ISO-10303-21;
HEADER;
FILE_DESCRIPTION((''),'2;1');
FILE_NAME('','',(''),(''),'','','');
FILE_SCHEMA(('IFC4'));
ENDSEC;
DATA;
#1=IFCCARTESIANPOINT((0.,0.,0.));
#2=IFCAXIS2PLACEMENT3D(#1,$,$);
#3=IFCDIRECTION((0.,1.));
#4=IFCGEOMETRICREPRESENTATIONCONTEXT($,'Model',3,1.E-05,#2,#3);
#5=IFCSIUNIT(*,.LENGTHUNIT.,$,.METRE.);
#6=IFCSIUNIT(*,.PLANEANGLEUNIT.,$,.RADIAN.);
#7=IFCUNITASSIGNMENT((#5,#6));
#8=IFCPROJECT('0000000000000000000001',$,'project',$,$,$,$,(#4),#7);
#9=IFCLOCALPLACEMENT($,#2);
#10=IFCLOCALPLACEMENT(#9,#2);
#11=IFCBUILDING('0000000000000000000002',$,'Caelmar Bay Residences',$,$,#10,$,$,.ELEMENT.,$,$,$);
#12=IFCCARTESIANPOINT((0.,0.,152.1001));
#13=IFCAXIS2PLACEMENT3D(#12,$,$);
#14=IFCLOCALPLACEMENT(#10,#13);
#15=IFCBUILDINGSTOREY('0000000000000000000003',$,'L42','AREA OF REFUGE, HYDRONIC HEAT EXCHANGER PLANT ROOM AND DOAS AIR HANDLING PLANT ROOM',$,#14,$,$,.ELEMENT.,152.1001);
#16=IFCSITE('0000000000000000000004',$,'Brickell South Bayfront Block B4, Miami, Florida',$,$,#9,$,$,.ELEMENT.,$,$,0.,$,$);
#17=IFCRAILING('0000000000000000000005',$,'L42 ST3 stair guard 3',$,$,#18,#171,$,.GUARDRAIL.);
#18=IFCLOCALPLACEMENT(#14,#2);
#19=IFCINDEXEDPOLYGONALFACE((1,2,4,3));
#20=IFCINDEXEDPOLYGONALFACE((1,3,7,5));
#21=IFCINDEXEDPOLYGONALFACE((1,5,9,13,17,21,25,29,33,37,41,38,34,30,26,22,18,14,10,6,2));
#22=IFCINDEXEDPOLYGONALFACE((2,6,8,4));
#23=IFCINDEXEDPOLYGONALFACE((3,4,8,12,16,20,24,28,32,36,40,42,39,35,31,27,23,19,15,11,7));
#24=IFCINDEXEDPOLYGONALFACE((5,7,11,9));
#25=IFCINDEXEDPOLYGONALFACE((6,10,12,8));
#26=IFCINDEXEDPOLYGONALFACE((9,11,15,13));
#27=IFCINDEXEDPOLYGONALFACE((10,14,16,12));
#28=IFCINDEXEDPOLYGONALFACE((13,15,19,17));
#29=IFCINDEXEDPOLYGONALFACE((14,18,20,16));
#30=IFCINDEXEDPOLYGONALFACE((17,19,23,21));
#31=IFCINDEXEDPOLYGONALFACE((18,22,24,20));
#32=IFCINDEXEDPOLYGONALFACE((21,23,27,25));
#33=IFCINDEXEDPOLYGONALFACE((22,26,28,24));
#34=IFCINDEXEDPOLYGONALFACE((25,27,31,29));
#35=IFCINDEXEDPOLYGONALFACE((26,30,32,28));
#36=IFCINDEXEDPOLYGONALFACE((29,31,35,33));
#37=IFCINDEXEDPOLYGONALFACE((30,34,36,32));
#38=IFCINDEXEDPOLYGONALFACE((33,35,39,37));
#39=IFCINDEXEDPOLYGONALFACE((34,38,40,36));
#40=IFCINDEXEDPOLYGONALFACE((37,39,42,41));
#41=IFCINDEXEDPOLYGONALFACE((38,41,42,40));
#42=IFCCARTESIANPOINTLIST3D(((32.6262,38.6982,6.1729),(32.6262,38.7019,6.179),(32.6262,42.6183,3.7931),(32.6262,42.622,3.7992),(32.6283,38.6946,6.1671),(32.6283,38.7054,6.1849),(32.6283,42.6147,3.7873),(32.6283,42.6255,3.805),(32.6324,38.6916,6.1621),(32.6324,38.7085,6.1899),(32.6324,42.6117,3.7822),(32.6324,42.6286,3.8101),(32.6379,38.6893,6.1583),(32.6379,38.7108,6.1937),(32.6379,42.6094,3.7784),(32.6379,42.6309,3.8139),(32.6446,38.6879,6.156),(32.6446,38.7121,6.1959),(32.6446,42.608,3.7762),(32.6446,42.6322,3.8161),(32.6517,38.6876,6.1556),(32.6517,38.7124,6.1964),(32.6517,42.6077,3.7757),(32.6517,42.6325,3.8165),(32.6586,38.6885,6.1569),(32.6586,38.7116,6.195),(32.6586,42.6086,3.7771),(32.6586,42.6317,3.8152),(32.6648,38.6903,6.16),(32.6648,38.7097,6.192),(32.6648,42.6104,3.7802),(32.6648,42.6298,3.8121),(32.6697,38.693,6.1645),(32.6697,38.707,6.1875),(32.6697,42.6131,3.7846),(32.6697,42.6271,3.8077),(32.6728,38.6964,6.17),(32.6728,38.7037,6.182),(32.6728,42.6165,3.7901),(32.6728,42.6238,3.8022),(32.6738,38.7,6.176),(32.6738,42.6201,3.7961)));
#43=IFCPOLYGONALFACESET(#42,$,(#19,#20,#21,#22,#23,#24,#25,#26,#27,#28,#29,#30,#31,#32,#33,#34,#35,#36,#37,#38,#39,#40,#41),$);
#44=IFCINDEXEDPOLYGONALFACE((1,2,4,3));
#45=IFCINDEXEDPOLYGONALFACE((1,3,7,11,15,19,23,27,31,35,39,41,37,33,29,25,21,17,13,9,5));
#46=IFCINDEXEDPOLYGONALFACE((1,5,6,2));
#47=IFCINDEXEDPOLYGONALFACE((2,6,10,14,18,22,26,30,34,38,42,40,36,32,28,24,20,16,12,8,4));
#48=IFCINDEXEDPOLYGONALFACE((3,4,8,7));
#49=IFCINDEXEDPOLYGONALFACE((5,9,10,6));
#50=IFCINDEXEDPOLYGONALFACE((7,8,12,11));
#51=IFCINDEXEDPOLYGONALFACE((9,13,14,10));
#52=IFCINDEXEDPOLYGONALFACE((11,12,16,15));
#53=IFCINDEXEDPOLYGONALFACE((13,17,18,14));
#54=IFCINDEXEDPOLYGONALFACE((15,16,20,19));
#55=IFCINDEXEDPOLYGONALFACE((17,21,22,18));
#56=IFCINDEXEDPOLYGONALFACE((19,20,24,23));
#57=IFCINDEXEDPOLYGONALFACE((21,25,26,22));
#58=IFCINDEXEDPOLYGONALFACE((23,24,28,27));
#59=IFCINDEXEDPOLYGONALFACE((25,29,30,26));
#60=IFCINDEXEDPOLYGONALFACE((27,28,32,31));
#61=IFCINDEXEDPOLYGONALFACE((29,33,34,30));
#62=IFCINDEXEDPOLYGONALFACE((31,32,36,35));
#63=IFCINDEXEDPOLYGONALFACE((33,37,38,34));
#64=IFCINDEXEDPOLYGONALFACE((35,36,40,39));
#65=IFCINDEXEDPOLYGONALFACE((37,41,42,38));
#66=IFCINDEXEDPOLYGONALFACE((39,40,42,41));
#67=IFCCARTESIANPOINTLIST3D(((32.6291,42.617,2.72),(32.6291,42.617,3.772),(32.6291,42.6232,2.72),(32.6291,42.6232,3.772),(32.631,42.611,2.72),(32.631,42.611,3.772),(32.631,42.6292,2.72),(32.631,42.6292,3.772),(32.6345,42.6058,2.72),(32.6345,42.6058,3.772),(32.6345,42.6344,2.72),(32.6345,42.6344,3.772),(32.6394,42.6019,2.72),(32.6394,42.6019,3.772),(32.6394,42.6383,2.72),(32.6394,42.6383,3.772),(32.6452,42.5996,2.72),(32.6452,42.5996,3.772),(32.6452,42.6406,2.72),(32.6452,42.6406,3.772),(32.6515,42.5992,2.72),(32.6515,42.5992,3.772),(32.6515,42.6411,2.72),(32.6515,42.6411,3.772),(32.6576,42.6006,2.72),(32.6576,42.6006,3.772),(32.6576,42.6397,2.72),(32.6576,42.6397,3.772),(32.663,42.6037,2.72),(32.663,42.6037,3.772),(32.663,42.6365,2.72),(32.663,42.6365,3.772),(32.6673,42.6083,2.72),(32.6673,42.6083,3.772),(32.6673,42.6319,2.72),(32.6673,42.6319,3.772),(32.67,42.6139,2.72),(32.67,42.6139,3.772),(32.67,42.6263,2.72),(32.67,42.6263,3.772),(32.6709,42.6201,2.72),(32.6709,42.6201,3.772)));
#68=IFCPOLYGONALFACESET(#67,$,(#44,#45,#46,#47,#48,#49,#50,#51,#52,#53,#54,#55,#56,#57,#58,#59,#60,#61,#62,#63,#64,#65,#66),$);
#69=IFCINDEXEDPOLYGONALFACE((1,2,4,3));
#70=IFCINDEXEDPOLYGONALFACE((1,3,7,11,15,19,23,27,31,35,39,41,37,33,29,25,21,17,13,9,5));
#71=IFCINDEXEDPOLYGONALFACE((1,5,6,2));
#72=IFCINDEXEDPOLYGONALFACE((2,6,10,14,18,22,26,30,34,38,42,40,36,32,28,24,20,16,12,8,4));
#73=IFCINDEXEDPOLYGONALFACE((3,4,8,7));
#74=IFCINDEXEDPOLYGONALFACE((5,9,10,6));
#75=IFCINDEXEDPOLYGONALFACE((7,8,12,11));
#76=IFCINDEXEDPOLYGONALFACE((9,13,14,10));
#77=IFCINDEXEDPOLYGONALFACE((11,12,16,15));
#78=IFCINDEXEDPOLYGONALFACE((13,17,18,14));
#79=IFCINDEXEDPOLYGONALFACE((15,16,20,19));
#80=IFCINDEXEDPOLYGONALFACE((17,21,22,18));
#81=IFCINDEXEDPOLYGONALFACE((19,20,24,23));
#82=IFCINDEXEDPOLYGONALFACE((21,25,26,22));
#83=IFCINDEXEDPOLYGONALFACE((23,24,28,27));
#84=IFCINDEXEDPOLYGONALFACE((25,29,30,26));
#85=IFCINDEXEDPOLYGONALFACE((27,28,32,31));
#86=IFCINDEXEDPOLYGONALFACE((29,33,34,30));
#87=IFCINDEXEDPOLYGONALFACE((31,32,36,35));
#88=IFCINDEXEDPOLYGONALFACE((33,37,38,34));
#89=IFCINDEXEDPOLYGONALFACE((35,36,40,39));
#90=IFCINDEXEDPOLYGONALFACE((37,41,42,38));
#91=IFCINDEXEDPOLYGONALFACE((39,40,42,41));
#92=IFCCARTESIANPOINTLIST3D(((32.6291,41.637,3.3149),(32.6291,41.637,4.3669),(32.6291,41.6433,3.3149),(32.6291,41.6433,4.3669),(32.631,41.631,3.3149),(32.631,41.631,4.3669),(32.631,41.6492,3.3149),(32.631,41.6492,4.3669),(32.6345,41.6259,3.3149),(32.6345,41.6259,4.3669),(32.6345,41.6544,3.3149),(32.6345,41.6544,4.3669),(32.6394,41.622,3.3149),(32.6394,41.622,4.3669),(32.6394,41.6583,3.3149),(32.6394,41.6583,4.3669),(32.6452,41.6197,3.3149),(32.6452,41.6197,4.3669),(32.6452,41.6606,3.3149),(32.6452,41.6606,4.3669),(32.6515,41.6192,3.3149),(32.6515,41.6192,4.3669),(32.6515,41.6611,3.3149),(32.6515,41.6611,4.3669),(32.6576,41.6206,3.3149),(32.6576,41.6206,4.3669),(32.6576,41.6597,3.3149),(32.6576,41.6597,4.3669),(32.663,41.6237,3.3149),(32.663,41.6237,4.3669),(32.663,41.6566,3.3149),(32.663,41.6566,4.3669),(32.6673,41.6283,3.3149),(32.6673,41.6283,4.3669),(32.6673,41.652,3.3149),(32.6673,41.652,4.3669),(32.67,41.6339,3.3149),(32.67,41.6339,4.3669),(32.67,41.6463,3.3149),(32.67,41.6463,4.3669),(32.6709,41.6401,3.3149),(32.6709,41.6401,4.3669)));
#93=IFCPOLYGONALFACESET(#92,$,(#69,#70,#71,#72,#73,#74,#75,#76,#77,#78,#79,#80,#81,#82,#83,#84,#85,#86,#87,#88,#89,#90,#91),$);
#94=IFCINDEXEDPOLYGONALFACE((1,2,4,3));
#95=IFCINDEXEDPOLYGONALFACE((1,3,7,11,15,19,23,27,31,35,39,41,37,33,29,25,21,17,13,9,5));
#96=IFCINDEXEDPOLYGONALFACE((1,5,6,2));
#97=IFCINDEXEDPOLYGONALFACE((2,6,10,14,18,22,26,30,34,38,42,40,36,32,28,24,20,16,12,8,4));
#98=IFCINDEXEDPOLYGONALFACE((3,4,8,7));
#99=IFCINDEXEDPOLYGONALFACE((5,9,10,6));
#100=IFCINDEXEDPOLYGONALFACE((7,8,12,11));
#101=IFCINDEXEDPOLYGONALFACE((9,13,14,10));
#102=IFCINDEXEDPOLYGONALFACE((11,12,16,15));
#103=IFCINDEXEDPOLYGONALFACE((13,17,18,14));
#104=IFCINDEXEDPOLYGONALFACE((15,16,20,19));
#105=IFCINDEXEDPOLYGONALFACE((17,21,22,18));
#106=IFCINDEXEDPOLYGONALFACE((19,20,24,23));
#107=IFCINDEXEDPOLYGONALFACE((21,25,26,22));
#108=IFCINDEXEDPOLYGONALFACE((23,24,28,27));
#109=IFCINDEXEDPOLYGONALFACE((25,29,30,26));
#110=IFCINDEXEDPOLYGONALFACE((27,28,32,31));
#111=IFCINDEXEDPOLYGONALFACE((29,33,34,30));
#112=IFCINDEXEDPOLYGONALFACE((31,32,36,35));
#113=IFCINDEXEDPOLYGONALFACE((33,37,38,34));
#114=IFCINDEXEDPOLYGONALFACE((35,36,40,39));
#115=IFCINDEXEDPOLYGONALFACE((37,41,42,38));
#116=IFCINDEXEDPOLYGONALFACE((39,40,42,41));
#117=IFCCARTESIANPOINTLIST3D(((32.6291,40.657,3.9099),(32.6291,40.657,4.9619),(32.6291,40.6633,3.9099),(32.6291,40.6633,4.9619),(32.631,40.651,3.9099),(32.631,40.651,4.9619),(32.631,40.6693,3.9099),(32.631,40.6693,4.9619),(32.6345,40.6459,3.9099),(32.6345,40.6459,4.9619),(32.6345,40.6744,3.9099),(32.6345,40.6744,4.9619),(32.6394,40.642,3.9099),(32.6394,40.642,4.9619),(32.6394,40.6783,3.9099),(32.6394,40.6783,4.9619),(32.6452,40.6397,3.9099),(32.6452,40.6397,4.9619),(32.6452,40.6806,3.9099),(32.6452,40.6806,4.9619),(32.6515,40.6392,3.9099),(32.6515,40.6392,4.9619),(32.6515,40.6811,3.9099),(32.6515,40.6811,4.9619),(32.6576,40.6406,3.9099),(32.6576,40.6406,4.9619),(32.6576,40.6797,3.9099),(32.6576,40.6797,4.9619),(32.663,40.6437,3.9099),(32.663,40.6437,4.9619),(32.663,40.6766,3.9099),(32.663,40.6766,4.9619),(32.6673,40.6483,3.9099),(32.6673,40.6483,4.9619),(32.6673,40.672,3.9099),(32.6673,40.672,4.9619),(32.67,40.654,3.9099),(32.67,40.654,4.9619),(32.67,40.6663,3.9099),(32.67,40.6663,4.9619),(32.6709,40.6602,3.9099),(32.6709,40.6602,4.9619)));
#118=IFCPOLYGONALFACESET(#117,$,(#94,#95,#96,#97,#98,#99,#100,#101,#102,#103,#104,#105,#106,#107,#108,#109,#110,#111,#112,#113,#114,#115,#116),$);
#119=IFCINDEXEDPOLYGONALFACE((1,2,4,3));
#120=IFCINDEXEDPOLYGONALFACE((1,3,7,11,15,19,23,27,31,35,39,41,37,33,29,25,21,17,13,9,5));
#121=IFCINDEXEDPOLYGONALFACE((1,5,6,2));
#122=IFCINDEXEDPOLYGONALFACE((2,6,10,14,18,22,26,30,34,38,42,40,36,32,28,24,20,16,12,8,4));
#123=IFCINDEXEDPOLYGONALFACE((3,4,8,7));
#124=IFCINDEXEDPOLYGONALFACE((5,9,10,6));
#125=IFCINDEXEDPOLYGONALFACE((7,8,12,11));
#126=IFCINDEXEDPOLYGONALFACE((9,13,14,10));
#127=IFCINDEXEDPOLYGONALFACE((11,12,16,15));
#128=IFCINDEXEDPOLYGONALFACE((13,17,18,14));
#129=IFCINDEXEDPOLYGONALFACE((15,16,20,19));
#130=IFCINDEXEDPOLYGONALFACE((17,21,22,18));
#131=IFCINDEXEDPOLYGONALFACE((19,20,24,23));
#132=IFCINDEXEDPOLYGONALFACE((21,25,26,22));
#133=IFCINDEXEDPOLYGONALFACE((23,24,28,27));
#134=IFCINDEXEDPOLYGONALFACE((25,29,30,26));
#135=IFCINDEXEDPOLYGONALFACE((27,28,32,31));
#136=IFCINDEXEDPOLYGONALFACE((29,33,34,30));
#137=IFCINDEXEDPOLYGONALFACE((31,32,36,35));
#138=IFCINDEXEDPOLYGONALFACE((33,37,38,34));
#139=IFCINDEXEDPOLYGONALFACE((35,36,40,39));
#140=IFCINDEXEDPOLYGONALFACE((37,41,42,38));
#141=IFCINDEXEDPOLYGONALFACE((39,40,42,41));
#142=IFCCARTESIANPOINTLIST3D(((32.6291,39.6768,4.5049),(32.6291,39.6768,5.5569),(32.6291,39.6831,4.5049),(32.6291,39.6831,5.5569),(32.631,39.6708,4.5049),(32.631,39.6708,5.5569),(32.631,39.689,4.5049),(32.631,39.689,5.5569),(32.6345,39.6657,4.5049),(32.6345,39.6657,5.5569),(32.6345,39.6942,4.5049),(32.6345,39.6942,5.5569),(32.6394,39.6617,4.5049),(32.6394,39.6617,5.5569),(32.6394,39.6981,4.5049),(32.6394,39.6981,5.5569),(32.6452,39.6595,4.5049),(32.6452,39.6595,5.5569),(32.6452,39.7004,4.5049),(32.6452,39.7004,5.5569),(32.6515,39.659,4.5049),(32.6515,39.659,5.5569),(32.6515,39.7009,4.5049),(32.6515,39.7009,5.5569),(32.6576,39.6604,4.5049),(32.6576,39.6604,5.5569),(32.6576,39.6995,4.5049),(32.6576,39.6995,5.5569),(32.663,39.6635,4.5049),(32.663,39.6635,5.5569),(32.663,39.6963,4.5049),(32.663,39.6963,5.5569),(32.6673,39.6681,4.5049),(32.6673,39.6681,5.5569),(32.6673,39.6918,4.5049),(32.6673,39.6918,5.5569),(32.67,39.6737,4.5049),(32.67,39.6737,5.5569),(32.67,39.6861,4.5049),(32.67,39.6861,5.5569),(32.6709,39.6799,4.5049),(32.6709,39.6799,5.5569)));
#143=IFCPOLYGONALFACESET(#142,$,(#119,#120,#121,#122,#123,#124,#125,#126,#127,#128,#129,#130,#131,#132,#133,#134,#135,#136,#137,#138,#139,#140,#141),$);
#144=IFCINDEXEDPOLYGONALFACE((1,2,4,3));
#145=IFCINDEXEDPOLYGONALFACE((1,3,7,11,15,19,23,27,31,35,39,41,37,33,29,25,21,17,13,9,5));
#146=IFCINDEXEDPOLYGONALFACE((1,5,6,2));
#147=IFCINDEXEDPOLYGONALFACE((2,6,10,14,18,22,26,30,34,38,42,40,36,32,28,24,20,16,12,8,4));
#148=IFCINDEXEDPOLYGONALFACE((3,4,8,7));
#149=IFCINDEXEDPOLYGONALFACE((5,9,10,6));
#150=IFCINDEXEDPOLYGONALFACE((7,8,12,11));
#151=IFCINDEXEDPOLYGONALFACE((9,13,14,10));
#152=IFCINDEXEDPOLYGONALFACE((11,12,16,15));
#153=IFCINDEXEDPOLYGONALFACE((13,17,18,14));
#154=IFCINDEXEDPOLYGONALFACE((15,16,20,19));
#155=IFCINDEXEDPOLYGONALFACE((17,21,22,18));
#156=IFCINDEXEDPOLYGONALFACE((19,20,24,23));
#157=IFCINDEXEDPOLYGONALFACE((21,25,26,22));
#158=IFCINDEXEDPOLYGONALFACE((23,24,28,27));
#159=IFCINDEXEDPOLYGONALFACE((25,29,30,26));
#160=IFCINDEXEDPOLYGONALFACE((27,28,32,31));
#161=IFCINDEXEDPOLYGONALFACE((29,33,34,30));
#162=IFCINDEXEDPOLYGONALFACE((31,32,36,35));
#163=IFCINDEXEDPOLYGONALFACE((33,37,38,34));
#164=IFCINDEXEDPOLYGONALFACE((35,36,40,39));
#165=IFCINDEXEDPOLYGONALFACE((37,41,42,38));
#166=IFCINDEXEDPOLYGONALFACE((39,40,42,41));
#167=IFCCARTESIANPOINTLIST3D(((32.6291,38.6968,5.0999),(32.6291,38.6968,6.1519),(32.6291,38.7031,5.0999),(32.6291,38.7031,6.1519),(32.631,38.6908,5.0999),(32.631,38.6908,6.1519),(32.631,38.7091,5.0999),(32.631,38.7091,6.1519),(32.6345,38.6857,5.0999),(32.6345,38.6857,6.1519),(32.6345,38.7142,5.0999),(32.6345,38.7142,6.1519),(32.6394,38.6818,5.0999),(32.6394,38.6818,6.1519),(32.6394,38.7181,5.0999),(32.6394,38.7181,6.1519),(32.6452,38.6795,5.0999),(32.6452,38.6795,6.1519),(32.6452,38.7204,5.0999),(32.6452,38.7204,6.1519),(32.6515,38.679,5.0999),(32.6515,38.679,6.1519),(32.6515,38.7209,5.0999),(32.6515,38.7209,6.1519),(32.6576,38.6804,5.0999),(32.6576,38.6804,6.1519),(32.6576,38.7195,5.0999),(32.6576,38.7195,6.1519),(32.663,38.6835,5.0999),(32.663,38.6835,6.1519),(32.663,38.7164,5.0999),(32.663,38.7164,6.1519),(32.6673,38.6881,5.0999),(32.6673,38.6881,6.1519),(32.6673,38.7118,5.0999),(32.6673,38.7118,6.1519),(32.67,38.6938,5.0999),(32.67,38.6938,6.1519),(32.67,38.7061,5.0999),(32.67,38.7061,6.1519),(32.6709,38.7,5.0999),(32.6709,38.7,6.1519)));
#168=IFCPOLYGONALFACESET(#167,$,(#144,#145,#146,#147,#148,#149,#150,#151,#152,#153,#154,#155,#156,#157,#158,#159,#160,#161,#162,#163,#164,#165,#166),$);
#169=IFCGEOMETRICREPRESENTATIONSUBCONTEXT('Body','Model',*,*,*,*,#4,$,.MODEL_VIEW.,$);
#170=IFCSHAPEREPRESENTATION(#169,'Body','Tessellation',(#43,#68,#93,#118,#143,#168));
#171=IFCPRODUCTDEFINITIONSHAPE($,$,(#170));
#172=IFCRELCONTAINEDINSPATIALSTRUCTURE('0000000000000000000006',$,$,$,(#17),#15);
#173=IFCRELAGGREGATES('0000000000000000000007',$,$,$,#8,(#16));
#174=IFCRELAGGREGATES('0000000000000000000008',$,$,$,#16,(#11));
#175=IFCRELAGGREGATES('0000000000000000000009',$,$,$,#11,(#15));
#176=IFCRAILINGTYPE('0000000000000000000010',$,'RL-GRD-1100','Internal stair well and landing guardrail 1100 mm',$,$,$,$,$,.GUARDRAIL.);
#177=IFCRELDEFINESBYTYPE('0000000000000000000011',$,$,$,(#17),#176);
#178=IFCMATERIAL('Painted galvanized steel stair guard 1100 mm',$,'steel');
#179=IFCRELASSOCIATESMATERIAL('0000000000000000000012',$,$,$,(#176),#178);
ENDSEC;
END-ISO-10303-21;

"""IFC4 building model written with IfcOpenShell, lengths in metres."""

from ifc_helpers import new_model, si_unit, direction, frame, origin, origin_2d, place, context, subcontext, project, spatial, circle, extrude, material, type_object, element, save


model = new_model("IFC4")

# Units and contexts
model_context = context("Model", 3, precision=1e-05, world=origin(), true_north=direction((0.0, 1.0)))
body_context = subcontext(model_context, "Body", "Model", "MODEL_VIEW")
ifc_project = project(units=[si_unit("LENGTHUNIT", "METRE"), si_unit("PLANEANGLEUNIT", "RADIAN")], contexts=[model_context])

# Site, building, storey
site_placement = place(None, origin())
site = spatial("IfcSite", under=ifc_project, at=site_placement, Name="Brickell South Bayfront Block B4, Miami, Florida", CompositionType="ELEMENT", RefElevation=0.0)
building_placement = place(site_placement, origin())
building = spatial("IfcBuilding", under=site, at=building_placement, Name="Caelmar Bay Residences", CompositionType="ELEMENT")
storey_placement = place(building_placement, frame((0.0, 0.0, 152.1001)))
storey = spatial("IfcBuildingStorey", under=building, at=storey_placement, Name="L42", Description="AREA OF REFUGE, HYDRONIC HEAT EXCHANGER PLANT ROOM AND DOAS AIR HANDLING PLANT ROOM", CompositionType="ELEMENT", Elevation=152.1001)

# Railing
ifc_material_1 = material(Name="Painted galvanized steel stair guard 1100 mm", Category="steel")
railing_type_1 = type_object("IfcRailingType", Name="RL-GRD-1100", Description="Internal stair well and landing guardrail 1100 mm", PredefinedType="GUARDRAIL", material=ifc_material_1)
railing_1_placement = place(storey_placement, frame((32.6499, 42.6201, 2.72)))
element("IfcRailing", 1, at=railing_1_placement, inside=storey, type_object=railing_type_1, Name="L42 ST3 stair guard 3", PredefinedType="GUARDRAIL", context=body_context, shape_type="SweptSolid", body=[
    extrude(circle(Radius=0.0239, at=origin_2d()), frame((0.0, 0.0, 1.0762), z_axis=(0.0, -0.854809, 0.518943), x_axis=(1.0, 0.0, 0.0)), (0.0, 0.0, 1.0), 4.5859),
    extrude(circle(Radius=0.021, at=origin_2d()), origin(), (0.0, 0.0, 1.0), 1.052),
    extrude(circle(Radius=0.021, at=origin_2d()), frame((0.0, -0.98, 0.595)), (0.0, 0.0, 1.0), 1.052),
    extrude(circle(Radius=0.021, at=origin_2d()), frame((0.0, -1.96, 1.1899)), (0.0, 0.0, 1.0), 1.052),
    extrude(circle(Radius=0.021, at=origin_2d()), frame((0.0, -2.9402, 1.7849)), (0.0, 0.0, 1.0), 1.052),
    extrude(circle(Radius=0.021, at=origin_2d()), frame((0.0, -3.9202, 2.3799)), (0.0, 0.0, 1.0), 1.052),
])

save(model, "model.ifc")
